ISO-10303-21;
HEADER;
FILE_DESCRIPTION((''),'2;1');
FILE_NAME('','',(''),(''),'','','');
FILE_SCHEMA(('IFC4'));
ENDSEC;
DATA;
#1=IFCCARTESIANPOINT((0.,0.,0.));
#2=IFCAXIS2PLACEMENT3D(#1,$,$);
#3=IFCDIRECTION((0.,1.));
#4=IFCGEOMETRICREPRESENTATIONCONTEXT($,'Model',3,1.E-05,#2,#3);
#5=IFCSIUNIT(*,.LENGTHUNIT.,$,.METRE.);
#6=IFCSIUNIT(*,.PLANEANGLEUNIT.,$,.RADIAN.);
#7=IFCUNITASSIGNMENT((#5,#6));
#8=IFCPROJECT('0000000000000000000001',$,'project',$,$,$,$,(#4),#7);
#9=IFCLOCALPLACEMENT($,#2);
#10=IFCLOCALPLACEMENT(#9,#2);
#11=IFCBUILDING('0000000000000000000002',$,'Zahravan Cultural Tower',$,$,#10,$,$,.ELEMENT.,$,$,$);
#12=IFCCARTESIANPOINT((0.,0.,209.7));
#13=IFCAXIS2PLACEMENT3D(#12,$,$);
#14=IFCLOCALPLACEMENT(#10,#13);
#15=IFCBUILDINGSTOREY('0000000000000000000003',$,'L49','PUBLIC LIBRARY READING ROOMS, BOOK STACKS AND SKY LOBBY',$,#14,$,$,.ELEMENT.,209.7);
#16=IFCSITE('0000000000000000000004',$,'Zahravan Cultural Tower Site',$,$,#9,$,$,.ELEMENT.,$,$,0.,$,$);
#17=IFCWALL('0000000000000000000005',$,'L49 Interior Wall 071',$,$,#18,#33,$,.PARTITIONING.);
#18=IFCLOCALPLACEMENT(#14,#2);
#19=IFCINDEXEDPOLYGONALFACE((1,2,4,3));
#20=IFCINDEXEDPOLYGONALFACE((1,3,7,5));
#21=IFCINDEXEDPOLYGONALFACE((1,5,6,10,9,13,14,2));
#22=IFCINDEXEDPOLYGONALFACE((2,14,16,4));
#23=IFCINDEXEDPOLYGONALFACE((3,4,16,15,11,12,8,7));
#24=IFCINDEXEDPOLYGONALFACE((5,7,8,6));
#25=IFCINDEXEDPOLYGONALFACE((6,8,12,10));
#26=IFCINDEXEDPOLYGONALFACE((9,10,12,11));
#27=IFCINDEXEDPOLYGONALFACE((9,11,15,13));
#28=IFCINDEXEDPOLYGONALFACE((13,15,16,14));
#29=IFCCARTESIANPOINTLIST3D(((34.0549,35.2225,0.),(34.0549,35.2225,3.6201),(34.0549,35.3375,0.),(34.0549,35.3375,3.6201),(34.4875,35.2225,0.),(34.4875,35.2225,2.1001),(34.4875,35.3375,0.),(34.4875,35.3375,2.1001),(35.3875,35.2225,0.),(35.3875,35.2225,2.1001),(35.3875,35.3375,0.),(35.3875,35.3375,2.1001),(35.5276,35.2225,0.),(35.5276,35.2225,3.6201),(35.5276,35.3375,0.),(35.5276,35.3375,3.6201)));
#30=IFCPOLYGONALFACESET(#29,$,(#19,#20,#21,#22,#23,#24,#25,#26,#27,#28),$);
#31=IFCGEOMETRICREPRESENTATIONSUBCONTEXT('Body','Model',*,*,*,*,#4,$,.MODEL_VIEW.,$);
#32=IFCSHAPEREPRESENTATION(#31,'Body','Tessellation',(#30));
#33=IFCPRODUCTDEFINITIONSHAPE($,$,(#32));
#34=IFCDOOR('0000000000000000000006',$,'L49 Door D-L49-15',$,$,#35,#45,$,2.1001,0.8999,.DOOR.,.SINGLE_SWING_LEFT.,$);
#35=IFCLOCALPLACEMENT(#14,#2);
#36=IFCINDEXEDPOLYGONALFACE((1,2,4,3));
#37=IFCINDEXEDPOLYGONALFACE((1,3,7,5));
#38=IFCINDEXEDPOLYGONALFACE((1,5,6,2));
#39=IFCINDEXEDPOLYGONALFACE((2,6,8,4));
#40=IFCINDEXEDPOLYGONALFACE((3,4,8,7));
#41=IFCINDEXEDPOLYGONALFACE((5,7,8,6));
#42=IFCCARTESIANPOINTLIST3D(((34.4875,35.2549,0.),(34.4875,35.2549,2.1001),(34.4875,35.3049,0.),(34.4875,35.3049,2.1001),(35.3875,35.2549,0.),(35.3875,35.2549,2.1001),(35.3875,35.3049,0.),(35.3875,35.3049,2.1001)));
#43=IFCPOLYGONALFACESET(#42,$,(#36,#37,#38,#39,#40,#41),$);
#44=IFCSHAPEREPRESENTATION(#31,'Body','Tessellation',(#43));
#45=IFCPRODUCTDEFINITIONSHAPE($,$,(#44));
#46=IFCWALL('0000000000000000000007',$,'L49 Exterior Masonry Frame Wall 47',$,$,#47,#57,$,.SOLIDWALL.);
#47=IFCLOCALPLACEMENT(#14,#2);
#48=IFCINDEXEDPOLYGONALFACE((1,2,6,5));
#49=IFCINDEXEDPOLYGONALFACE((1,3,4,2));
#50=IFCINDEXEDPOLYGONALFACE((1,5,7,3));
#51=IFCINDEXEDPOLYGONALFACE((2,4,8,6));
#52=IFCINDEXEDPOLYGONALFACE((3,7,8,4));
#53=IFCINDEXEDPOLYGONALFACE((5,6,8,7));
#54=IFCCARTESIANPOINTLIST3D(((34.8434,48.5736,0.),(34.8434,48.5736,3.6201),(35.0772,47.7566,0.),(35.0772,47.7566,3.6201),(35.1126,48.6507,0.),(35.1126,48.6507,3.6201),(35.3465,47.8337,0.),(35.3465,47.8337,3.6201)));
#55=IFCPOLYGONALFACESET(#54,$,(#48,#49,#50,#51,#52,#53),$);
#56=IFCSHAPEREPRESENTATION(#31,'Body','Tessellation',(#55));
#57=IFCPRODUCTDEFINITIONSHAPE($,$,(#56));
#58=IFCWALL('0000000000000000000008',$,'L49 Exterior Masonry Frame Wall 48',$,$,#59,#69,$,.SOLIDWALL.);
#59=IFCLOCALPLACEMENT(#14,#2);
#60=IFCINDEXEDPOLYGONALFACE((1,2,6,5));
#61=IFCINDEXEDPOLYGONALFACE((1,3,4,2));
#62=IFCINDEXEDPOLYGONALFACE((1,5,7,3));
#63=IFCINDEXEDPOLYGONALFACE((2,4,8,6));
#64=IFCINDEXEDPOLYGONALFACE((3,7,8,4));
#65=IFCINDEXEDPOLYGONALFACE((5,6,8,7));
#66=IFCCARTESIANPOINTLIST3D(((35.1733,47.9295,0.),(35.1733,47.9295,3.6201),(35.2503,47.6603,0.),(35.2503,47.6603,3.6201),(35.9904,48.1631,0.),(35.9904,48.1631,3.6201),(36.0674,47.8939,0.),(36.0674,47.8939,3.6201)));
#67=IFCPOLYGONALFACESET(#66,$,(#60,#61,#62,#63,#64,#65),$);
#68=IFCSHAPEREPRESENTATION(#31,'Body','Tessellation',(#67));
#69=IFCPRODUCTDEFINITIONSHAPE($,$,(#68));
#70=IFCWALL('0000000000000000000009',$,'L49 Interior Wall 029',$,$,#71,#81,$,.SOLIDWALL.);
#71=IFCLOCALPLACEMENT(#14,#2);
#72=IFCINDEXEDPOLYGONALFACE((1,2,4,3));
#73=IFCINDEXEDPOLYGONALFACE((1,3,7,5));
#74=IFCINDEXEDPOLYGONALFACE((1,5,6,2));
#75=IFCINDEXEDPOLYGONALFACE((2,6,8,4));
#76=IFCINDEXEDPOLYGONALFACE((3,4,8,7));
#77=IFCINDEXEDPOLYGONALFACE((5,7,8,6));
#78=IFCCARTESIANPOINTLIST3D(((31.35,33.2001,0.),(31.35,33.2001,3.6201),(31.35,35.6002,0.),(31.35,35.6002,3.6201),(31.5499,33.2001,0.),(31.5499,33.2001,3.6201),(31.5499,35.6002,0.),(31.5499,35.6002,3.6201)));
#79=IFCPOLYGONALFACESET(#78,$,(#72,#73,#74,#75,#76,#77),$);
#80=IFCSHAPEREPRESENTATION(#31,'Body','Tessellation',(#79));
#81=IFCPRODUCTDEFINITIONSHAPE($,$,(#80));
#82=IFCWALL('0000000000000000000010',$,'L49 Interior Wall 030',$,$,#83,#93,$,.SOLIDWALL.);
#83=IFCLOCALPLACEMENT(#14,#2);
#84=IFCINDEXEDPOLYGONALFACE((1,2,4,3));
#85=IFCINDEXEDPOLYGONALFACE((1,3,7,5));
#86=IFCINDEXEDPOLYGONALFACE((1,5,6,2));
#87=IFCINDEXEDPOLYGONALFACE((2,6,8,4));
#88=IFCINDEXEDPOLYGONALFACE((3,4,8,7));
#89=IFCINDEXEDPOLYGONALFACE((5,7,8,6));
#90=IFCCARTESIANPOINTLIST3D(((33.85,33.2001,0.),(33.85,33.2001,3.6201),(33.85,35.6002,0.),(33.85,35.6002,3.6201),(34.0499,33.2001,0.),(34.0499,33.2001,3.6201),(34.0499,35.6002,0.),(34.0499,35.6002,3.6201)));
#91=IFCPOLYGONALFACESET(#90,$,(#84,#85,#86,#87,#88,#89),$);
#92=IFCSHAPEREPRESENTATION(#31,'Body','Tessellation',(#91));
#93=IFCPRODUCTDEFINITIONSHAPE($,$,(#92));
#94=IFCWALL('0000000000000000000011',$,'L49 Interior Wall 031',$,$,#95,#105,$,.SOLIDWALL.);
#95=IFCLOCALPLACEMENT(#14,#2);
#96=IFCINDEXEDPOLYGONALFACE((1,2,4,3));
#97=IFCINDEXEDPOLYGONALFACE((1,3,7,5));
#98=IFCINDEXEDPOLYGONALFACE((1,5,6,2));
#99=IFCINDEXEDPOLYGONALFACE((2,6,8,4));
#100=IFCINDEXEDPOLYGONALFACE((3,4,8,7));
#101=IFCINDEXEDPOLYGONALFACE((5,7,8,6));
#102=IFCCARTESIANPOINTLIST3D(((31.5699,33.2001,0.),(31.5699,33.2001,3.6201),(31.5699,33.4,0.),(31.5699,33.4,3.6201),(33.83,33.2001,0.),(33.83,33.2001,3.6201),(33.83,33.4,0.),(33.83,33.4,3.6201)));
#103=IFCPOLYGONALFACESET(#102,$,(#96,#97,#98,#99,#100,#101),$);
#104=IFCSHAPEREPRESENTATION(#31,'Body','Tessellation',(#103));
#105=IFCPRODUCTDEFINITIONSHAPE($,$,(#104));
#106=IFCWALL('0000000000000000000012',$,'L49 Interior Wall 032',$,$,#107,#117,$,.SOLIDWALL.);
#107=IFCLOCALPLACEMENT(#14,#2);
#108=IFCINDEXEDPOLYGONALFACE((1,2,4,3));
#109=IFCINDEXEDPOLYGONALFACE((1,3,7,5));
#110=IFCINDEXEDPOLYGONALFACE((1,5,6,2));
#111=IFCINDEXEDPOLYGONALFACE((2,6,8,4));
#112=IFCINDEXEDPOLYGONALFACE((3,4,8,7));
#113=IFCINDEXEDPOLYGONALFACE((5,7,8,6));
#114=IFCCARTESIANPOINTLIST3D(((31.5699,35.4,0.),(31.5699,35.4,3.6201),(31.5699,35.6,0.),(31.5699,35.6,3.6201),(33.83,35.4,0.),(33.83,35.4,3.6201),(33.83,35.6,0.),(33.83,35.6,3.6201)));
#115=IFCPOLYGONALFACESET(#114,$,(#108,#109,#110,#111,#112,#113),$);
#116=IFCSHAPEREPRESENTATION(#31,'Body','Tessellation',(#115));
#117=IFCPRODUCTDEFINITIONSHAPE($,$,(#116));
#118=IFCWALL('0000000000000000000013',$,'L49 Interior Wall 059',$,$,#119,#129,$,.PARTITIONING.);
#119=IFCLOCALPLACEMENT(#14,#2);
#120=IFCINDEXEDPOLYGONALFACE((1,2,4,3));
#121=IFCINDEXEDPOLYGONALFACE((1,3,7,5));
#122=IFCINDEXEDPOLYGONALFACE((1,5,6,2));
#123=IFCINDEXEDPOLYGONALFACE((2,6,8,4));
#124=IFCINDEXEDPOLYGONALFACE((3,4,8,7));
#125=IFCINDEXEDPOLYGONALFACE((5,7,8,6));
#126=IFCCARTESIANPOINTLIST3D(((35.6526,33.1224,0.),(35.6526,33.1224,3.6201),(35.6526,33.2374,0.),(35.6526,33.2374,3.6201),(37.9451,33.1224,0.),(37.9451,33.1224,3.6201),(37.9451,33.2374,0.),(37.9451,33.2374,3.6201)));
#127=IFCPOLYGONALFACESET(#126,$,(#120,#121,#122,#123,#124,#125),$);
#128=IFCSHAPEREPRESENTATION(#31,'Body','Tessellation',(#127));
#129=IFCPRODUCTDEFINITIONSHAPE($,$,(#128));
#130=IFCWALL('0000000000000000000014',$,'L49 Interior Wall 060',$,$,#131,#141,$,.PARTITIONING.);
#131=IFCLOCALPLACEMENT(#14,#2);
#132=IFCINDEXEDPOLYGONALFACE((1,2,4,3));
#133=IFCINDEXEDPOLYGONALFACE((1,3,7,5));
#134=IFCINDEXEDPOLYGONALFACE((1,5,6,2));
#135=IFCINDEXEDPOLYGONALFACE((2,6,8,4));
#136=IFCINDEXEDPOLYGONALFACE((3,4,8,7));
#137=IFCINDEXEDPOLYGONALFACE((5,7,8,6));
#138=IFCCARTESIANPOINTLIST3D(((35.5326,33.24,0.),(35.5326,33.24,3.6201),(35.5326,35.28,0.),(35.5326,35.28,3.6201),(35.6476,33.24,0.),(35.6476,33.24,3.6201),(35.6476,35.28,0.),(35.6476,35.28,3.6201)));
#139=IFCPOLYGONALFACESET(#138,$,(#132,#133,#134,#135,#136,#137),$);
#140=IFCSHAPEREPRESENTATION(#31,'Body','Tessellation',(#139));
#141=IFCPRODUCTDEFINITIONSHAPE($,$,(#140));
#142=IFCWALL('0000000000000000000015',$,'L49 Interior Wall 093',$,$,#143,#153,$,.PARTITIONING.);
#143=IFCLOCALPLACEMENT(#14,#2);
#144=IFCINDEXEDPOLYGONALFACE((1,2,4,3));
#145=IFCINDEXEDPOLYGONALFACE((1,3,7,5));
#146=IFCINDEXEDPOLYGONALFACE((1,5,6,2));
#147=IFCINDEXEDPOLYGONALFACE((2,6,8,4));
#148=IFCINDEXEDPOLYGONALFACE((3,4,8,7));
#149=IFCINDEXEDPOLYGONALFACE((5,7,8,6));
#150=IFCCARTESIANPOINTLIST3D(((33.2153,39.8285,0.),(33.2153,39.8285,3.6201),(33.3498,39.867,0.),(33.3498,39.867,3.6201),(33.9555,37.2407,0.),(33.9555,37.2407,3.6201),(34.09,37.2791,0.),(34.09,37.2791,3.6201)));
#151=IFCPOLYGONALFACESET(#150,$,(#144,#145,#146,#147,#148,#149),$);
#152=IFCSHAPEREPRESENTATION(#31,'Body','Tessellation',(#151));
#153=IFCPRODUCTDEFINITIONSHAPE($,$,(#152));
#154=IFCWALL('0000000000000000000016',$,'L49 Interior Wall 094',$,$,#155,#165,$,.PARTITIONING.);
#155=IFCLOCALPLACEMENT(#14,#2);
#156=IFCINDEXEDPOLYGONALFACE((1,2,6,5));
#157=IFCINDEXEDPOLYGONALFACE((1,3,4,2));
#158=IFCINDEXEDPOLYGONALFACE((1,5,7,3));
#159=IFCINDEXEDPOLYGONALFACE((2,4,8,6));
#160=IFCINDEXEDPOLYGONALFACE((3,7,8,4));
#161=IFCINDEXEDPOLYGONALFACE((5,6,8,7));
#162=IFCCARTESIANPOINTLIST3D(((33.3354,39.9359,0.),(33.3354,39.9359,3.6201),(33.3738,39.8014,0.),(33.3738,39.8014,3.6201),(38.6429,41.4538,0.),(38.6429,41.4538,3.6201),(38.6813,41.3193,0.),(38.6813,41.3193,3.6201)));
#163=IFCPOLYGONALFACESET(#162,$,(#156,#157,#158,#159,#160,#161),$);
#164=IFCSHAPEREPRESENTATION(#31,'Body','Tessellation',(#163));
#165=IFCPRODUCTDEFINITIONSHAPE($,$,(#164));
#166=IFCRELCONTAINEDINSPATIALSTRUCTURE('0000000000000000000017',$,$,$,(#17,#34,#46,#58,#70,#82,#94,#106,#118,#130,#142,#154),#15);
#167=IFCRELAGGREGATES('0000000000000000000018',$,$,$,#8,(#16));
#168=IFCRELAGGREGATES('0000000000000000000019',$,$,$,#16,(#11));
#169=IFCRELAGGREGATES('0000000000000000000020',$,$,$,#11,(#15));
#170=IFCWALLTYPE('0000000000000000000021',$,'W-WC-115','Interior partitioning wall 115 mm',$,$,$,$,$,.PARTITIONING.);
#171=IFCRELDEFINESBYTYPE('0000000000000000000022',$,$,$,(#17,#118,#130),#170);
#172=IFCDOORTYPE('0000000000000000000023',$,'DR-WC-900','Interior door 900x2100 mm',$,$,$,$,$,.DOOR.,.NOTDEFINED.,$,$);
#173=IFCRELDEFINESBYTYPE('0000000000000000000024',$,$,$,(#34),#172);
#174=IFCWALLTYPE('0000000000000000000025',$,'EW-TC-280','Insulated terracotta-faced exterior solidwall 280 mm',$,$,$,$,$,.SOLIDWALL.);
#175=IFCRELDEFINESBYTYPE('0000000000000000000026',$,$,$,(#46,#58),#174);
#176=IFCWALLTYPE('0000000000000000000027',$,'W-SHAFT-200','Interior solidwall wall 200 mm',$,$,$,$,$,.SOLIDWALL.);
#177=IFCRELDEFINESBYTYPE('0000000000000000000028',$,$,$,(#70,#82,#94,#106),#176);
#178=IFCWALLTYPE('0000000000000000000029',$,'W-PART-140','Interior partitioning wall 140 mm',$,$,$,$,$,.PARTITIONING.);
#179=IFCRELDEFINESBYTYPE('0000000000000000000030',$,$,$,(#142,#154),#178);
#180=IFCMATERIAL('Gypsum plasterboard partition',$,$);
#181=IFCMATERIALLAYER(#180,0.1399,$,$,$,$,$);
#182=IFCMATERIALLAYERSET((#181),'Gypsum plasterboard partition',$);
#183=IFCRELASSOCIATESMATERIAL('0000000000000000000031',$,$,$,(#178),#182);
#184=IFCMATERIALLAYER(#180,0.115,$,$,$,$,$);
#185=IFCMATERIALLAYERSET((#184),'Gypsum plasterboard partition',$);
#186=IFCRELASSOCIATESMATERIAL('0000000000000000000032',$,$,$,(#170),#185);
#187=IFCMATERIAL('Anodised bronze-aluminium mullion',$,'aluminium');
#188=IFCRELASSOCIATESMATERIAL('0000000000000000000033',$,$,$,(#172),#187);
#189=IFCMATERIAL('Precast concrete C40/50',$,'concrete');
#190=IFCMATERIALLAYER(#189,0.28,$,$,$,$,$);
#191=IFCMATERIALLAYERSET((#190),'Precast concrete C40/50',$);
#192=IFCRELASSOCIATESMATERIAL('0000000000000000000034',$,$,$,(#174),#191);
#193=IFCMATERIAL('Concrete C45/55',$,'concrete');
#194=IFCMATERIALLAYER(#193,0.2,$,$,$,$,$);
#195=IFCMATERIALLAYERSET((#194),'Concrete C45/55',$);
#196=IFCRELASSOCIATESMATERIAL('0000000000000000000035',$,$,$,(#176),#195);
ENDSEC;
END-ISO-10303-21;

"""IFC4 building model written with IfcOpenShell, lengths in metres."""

from ifc_helpers import new_model, si_unit, direction, frame, frame_2d, origin, place, context, subcontext, project, spatial, rectangle, extrude, source, transform, mapped, material, layer, layer_set, type_object, element, fill, save


model = new_model("IFC4")

# Units and contexts
model_context = context("Model", 3, precision=1e-05, world=origin(), true_north=direction((0.0, 1.0)))
body_context = subcontext(model_context, "Body", "Model", "MODEL_VIEW")
ifc_project = project(units=[si_unit("LENGTHUNIT", "METRE"), si_unit("PLANEANGLEUNIT", "RADIAN")], contexts=[model_context])

# Site, building, storey
site_placement = place(None, origin())
site = spatial("IfcSite", under=ifc_project, at=site_placement, Name="Zahravan Cultural Tower Site", CompositionType="ELEMENT", RefElevation=0.0)
building_placement = place(site_placement, origin())
building = spatial("IfcBuilding", under=site, at=building_placement, Name="Zahravan Cultural Tower", CompositionType="ELEMENT")
storey_placement = place(building_placement, frame((0.0, 0.0, 209.7)))
storey = spatial("IfcBuildingStorey", under=building, at=storey_placement, Name="L49", Description="PUBLIC LIBRARY READING ROOMS, BOOK STACKS AND SKY LOBBY", CompositionType="ELEMENT", Elevation=209.7)

# Wall, opening, door
ifc_material_1 = material(Name="Gypsum plasterboard partition")
ifc_layer_1 = layer(ifc_material_1, 0.1399)
ifc_layer_set_1 = layer_set([ifc_layer_1], Name="Gypsum plasterboard partition")
wall_type_1 = type_object("IfcWallType", Name="W-PART-140", Description="Interior partitioning wall 140 mm", PredefinedType="PARTITIONING", material=ifc_layer_set_1)
ifc_material_2 = material(Name="Anodised bronze-aluminium mullion", Category="aluminium")
ifc_layer_2 = layer(ifc_material_1, 0.115)
ifc_layer_set_2 = layer_set([ifc_layer_2], Name="Gypsum plasterboard partition")
wall_type_2 = type_object("IfcWallType", Name="W-WC-115", Description="Interior partitioning wall 115 mm", PredefinedType="PARTITIONING", material=ifc_layer_set_2)
wall_1_placement = place(storey_placement, frame((34.0549, 35.28, 0.0), z_axis=(0.0, 0.0, 1.0), x_axis=(1.0, 0.0, 0.0)))
wall_1 = element("IfcWall", 1, at=wall_1_placement, inside=storey, type_object=wall_type_2, Name="L49 Interior Wall 071", PredefinedType="PARTITIONING", context=body_context, shape_type="SweptSolid", body=[
    extrude(rectangle(XDim=1.4727, YDim=0.115, at=frame_2d((0.7363, 0.0))), origin(), (0.0, 0.0, 1.0), 3.6201),
])
opening_1_placement = place(wall_1_placement, frame((0.4326, 0.0, 0.0)))
opening_1 = element("IfcOpeningElement", 2, at=opening_1_placement, cuts=wall_1, PredefinedType="OPENING", context=body_context, shape_type="SweptSolid", body=[
    extrude(rectangle(XDim=0.8999, YDim=2.1001, at=frame_2d((0.45, 1.05))), frame((0.0, 0.0674, 0.0), z_axis=(0.0, -1.0, 0.0), x_axis=(1.0, 0.0, 0.0)), (0.0, 0.0, 1.0), 0.135),
])
door_type_1 = type_object("IfcDoorType", Name="DR-WC-900", Description="Interior door 900x2100 mm", OperationType="NOTDEFINED", PredefinedType="DOOR", material=ifc_material_2)
shared_shape_1 = source(origin(), body_context, "Body", "SweptSolid", [
    extrude(rectangle(XDim=0.8999, YDim=2.1001, at=frame_2d((0.45, 1.05))), frame((0.0, 0.0249, 0.0), z_axis=(0.0, -1.0, 0.0), x_axis=(1.0, 0.0, 0.0)), (0.0, 0.0, 1.0), 0.05),
])
door_1_placement = place(opening_1_placement, origin())
door_1 = element("IfcDoor", 3, at=door_1_placement, inside=storey, type_object=door_type_1, Name="L49 Door D-L49-15", OperationType="SINGLE_SWING_LEFT", OverallHeight=2.1001, OverallWidth=0.8999, PredefinedType="DOOR", context=body_context, shape_type="MappedRepresentation", body=[
    mapped(shared_shape_1, transform((0.0, 0.0, 0.0), x_axis=(1.0, 0.0, 0.0), y_axis=(0.0, 1.0, 0.0), z_axis=(0.0, 0.0, 1.0), scale=1.0)),
])
fill(opening_1, door_1)

# Walls
ifc_material_3 = material(Name="Precast concrete C40/50", Category="concrete")
ifc_layer_3 = layer(ifc_material_3, 0.28)
ifc_layer_set_3 = layer_set([ifc_layer_3], Name="Precast concrete C40/50")
wall_type_3 = type_object("IfcWallType", Name="EW-TC-280", Description="Insulated terracotta-faced exterior solidwall 280 mm", PredefinedType="SOLIDWALL", material=ifc_layer_set_3)
shared_shape_2 = source(origin(), body_context, "Body", "SweptSolid", [
    extrude(rectangle(XDim=0.8499, YDim=0.28, at=frame_2d((0.4248, 0.0))), origin(), (0.0, 0.0, 1.0), 3.6201),
])
for number, where, z_axis, x_axis, name in (
    (4, (34.978, 48.6121, 0.0), (0.0, 0.0, 1.0), (0.275176, -0.961394, 0.0), "L49 Exterior Masonry Frame Wall 47"),
    (5, (35.2119, 47.7949, 0.0), (0.0, 0.0, 1.0), (0.96147, 0.274911, 0.0), "L49 Exterior Masonry Frame Wall 48"),
):
    element("IfcWall", number, at=place(storey_placement, frame(where, z_axis=z_axis, x_axis=x_axis)), inside=storey, type_object=wall_type_3, Name=name, PredefinedType="SOLIDWALL", context=body_context, shape_type="MappedRepresentation", body=[
        mapped(shared_shape_2, transform((0.0, 0.0, 0.0), x_axis=(1.0, 0.0, 0.0), y_axis=(0.0, 1.0, 0.0), z_axis=(0.0, 0.0, 1.0), scale=1.0)),
    ])
ifc_material_4 = material(Name="Concrete C45/55", Category="concrete")
ifc_layer_4 = layer(ifc_material_4, 0.2)
ifc_layer_set_4 = layer_set([ifc_layer_4], Name="Concrete C45/55")
wall_type_4 = type_object("IfcWallType", Name="W-SHAFT-200", Description="Interior solidwall wall 200 mm", PredefinedType="SOLIDWALL", material=ifc_layer_set_4)
shared_shape_3 = source(origin(), body_context, "Body", "SweptSolid", [
    extrude(rectangle(XDim=2.4001, YDim=0.2, at=frame_2d((1.2002, 0.0))), origin(), (0.0, 0.0, 1.0), 3.6201),
])
for number, where, z_axis, x_axis, name in (
    (6, (31.45, 33.2, 0.0), (0.0, 0.0, 1.0), (0.0, 1.0, 0.0), "L49 Interior Wall 029"),
    (7, (33.95, 33.2, 0.0), (0.0, 0.0, 1.0), (0.0, 1.0, 0.0), "L49 Interior Wall 030"),
):
    element("IfcWall", number, at=place(storey_placement, frame(where, z_axis=z_axis, x_axis=x_axis)), inside=storey, type_object=wall_type_4, Name=name, PredefinedType="SOLIDWALL", context=body_context, shape_type="MappedRepresentation", body=[
        mapped(shared_shape_3, transform((0.0, 0.0, 0.0), x_axis=(1.0, 0.0, 0.0), y_axis=(0.0, 1.0, 0.0), z_axis=(0.0, 0.0, 1.0), scale=1.0)),
    ])
shared_shape_4 = source(origin(), body_context, "Body", "SweptSolid", [
    extrude(rectangle(XDim=2.26, YDim=0.2, at=frame_2d((1.1299, 0.0))), origin(), (0.0, 0.0, 1.0), 3.6201),
])
for number, where, z_axis, x_axis, name in (
    (8, (31.5701, 33.3, 0.0), (0.0, 0.0, 1.0), (1.0, 0.0, 0.0), "L49 Interior Wall 031"),
    (9, (31.5701, 35.5, 0.0), (0.0, 0.0, 1.0), (1.0, 0.0, 0.0), "L49 Interior Wall 032"),
):
    element("IfcWall", number, at=place(storey_placement, frame(where, z_axis=z_axis, x_axis=x_axis)), inside=storey, type_object=wall_type_4, Name=name, PredefinedType="SOLIDWALL", context=body_context, shape_type="MappedRepresentation", body=[
        mapped(shared_shape_4, transform((0.0, 0.0, 0.0), x_axis=(1.0, 0.0, 0.0), y_axis=(0.0, 1.0, 0.0), z_axis=(0.0, 0.0, 1.0), scale=1.0)),
    ])
shared_shape_5 = source(origin(), body_context, "Body", "SweptSolid", [
    extrude(rectangle(XDim=2.2925, YDim=0.115, at=frame_2d((1.1462, 0.0))), origin(), (0.0, 0.0, 1.0), 3.6201),
])
wall_2_placement = place(storey_placement, frame((35.6526, 33.1799, 0.0), z_axis=(0.0, 0.0, 1.0), x_axis=(1.0, 0.0, 0.0)))
element("IfcWall", 10, at=wall_2_placement, inside=storey, type_object=wall_type_2, Name="L49 Interior Wall 059", PredefinedType="PARTITIONING", context=body_context, shape_type="MappedRepresentation", body=[
    mapped(shared_shape_5, transform((0.0, 0.0, 0.0), x_axis=(1.0, 0.0, 0.0), y_axis=(0.0, 1.0, 0.0), z_axis=(0.0, 0.0, 1.0), scale=1.0)),
])
shared_shape_6 = source(origin(), body_context, "Body", "SweptSolid", [
    extrude(rectangle(XDim=2.04, YDim=0.115, at=frame_2d((1.02, 0.0))), origin(), (0.0, 0.0, 1.0), 3.6201),
])
wall_3_placement = place(storey_placement, frame((35.5901, 33.24, 0.0), z_axis=(0.0, 0.0, 1.0), x_axis=(0.0, 1.0, 0.0)))
element("IfcWall", 11, at=wall_3_placement, inside=storey, type_object=wall_type_2, Name="L49 Interior Wall 060", PredefinedType="PARTITIONING", context=body_context, shape_type="MappedRepresentation", body=[
    mapped(shared_shape_6, transform((0.0, 0.0, 0.0), x_axis=(1.0, 0.0, 0.0), y_axis=(0.0, 1.0, 0.0), z_axis=(0.0, 0.0, 1.0), scale=1.0)),
])
shared_shape_7 = source(origin(), body_context, "Body", "SweptSolid", [
    extrude(rectangle(XDim=2.6917, YDim=0.1399, at=frame_2d((1.3457, 0.0))), origin(), (0.0, 0.0, 1.0), 3.6201),
])
wall_4_placement = place(storey_placement, frame((34.0227, 37.26, 0.0), z_axis=(0.0, 0.0, 1.0), x_axis=(-0.275009, 0.961442, 0.0)))
element("IfcWall", 12, at=wall_4_placement, inside=storey, type_object=wall_type_1, Name="L49 Interior Wall 093", PredefinedType="PARTITIONING", context=body_context, shape_type="MappedRepresentation", body=[
    mapped(shared_shape_7, transform((0.0, 0.0, 0.0), x_axis=(1.0, 0.0, 0.0), y_axis=(0.0, 1.0, 0.0), z_axis=(0.0, 0.0, 1.0), scale=1.0)),
])
shared_shape_8 = source(origin(), body_context, "Body", "SweptSolid", [
    extrude(rectangle(XDim=5.5203, YDim=0.1399, at=frame_2d((2.7603, 0.0))), origin(), (0.0, 0.0, 1.0), 3.6201),
])
wall_5_placement = place(storey_placement, frame((33.3545, 39.8687, 0.0), z_axis=(0.0, 0.0, 1.0), x_axis=(0.961455, 0.274961, 0.0)))
element("IfcWall", 13, at=wall_5_placement, inside=storey, type_object=wall_type_1, Name="L49 Interior Wall 094", PredefinedType="PARTITIONING", context=body_context, shape_type="MappedRepresentation", body=[
    mapped(shared_shape_8, transform((0.0, 0.0, 0.0), x_axis=(1.0, 0.0, 0.0), y_axis=(0.0, 1.0, 0.0), z_axis=(0.0, 0.0, 1.0), scale=1.0)),
])

save(model, "model.ifc")
